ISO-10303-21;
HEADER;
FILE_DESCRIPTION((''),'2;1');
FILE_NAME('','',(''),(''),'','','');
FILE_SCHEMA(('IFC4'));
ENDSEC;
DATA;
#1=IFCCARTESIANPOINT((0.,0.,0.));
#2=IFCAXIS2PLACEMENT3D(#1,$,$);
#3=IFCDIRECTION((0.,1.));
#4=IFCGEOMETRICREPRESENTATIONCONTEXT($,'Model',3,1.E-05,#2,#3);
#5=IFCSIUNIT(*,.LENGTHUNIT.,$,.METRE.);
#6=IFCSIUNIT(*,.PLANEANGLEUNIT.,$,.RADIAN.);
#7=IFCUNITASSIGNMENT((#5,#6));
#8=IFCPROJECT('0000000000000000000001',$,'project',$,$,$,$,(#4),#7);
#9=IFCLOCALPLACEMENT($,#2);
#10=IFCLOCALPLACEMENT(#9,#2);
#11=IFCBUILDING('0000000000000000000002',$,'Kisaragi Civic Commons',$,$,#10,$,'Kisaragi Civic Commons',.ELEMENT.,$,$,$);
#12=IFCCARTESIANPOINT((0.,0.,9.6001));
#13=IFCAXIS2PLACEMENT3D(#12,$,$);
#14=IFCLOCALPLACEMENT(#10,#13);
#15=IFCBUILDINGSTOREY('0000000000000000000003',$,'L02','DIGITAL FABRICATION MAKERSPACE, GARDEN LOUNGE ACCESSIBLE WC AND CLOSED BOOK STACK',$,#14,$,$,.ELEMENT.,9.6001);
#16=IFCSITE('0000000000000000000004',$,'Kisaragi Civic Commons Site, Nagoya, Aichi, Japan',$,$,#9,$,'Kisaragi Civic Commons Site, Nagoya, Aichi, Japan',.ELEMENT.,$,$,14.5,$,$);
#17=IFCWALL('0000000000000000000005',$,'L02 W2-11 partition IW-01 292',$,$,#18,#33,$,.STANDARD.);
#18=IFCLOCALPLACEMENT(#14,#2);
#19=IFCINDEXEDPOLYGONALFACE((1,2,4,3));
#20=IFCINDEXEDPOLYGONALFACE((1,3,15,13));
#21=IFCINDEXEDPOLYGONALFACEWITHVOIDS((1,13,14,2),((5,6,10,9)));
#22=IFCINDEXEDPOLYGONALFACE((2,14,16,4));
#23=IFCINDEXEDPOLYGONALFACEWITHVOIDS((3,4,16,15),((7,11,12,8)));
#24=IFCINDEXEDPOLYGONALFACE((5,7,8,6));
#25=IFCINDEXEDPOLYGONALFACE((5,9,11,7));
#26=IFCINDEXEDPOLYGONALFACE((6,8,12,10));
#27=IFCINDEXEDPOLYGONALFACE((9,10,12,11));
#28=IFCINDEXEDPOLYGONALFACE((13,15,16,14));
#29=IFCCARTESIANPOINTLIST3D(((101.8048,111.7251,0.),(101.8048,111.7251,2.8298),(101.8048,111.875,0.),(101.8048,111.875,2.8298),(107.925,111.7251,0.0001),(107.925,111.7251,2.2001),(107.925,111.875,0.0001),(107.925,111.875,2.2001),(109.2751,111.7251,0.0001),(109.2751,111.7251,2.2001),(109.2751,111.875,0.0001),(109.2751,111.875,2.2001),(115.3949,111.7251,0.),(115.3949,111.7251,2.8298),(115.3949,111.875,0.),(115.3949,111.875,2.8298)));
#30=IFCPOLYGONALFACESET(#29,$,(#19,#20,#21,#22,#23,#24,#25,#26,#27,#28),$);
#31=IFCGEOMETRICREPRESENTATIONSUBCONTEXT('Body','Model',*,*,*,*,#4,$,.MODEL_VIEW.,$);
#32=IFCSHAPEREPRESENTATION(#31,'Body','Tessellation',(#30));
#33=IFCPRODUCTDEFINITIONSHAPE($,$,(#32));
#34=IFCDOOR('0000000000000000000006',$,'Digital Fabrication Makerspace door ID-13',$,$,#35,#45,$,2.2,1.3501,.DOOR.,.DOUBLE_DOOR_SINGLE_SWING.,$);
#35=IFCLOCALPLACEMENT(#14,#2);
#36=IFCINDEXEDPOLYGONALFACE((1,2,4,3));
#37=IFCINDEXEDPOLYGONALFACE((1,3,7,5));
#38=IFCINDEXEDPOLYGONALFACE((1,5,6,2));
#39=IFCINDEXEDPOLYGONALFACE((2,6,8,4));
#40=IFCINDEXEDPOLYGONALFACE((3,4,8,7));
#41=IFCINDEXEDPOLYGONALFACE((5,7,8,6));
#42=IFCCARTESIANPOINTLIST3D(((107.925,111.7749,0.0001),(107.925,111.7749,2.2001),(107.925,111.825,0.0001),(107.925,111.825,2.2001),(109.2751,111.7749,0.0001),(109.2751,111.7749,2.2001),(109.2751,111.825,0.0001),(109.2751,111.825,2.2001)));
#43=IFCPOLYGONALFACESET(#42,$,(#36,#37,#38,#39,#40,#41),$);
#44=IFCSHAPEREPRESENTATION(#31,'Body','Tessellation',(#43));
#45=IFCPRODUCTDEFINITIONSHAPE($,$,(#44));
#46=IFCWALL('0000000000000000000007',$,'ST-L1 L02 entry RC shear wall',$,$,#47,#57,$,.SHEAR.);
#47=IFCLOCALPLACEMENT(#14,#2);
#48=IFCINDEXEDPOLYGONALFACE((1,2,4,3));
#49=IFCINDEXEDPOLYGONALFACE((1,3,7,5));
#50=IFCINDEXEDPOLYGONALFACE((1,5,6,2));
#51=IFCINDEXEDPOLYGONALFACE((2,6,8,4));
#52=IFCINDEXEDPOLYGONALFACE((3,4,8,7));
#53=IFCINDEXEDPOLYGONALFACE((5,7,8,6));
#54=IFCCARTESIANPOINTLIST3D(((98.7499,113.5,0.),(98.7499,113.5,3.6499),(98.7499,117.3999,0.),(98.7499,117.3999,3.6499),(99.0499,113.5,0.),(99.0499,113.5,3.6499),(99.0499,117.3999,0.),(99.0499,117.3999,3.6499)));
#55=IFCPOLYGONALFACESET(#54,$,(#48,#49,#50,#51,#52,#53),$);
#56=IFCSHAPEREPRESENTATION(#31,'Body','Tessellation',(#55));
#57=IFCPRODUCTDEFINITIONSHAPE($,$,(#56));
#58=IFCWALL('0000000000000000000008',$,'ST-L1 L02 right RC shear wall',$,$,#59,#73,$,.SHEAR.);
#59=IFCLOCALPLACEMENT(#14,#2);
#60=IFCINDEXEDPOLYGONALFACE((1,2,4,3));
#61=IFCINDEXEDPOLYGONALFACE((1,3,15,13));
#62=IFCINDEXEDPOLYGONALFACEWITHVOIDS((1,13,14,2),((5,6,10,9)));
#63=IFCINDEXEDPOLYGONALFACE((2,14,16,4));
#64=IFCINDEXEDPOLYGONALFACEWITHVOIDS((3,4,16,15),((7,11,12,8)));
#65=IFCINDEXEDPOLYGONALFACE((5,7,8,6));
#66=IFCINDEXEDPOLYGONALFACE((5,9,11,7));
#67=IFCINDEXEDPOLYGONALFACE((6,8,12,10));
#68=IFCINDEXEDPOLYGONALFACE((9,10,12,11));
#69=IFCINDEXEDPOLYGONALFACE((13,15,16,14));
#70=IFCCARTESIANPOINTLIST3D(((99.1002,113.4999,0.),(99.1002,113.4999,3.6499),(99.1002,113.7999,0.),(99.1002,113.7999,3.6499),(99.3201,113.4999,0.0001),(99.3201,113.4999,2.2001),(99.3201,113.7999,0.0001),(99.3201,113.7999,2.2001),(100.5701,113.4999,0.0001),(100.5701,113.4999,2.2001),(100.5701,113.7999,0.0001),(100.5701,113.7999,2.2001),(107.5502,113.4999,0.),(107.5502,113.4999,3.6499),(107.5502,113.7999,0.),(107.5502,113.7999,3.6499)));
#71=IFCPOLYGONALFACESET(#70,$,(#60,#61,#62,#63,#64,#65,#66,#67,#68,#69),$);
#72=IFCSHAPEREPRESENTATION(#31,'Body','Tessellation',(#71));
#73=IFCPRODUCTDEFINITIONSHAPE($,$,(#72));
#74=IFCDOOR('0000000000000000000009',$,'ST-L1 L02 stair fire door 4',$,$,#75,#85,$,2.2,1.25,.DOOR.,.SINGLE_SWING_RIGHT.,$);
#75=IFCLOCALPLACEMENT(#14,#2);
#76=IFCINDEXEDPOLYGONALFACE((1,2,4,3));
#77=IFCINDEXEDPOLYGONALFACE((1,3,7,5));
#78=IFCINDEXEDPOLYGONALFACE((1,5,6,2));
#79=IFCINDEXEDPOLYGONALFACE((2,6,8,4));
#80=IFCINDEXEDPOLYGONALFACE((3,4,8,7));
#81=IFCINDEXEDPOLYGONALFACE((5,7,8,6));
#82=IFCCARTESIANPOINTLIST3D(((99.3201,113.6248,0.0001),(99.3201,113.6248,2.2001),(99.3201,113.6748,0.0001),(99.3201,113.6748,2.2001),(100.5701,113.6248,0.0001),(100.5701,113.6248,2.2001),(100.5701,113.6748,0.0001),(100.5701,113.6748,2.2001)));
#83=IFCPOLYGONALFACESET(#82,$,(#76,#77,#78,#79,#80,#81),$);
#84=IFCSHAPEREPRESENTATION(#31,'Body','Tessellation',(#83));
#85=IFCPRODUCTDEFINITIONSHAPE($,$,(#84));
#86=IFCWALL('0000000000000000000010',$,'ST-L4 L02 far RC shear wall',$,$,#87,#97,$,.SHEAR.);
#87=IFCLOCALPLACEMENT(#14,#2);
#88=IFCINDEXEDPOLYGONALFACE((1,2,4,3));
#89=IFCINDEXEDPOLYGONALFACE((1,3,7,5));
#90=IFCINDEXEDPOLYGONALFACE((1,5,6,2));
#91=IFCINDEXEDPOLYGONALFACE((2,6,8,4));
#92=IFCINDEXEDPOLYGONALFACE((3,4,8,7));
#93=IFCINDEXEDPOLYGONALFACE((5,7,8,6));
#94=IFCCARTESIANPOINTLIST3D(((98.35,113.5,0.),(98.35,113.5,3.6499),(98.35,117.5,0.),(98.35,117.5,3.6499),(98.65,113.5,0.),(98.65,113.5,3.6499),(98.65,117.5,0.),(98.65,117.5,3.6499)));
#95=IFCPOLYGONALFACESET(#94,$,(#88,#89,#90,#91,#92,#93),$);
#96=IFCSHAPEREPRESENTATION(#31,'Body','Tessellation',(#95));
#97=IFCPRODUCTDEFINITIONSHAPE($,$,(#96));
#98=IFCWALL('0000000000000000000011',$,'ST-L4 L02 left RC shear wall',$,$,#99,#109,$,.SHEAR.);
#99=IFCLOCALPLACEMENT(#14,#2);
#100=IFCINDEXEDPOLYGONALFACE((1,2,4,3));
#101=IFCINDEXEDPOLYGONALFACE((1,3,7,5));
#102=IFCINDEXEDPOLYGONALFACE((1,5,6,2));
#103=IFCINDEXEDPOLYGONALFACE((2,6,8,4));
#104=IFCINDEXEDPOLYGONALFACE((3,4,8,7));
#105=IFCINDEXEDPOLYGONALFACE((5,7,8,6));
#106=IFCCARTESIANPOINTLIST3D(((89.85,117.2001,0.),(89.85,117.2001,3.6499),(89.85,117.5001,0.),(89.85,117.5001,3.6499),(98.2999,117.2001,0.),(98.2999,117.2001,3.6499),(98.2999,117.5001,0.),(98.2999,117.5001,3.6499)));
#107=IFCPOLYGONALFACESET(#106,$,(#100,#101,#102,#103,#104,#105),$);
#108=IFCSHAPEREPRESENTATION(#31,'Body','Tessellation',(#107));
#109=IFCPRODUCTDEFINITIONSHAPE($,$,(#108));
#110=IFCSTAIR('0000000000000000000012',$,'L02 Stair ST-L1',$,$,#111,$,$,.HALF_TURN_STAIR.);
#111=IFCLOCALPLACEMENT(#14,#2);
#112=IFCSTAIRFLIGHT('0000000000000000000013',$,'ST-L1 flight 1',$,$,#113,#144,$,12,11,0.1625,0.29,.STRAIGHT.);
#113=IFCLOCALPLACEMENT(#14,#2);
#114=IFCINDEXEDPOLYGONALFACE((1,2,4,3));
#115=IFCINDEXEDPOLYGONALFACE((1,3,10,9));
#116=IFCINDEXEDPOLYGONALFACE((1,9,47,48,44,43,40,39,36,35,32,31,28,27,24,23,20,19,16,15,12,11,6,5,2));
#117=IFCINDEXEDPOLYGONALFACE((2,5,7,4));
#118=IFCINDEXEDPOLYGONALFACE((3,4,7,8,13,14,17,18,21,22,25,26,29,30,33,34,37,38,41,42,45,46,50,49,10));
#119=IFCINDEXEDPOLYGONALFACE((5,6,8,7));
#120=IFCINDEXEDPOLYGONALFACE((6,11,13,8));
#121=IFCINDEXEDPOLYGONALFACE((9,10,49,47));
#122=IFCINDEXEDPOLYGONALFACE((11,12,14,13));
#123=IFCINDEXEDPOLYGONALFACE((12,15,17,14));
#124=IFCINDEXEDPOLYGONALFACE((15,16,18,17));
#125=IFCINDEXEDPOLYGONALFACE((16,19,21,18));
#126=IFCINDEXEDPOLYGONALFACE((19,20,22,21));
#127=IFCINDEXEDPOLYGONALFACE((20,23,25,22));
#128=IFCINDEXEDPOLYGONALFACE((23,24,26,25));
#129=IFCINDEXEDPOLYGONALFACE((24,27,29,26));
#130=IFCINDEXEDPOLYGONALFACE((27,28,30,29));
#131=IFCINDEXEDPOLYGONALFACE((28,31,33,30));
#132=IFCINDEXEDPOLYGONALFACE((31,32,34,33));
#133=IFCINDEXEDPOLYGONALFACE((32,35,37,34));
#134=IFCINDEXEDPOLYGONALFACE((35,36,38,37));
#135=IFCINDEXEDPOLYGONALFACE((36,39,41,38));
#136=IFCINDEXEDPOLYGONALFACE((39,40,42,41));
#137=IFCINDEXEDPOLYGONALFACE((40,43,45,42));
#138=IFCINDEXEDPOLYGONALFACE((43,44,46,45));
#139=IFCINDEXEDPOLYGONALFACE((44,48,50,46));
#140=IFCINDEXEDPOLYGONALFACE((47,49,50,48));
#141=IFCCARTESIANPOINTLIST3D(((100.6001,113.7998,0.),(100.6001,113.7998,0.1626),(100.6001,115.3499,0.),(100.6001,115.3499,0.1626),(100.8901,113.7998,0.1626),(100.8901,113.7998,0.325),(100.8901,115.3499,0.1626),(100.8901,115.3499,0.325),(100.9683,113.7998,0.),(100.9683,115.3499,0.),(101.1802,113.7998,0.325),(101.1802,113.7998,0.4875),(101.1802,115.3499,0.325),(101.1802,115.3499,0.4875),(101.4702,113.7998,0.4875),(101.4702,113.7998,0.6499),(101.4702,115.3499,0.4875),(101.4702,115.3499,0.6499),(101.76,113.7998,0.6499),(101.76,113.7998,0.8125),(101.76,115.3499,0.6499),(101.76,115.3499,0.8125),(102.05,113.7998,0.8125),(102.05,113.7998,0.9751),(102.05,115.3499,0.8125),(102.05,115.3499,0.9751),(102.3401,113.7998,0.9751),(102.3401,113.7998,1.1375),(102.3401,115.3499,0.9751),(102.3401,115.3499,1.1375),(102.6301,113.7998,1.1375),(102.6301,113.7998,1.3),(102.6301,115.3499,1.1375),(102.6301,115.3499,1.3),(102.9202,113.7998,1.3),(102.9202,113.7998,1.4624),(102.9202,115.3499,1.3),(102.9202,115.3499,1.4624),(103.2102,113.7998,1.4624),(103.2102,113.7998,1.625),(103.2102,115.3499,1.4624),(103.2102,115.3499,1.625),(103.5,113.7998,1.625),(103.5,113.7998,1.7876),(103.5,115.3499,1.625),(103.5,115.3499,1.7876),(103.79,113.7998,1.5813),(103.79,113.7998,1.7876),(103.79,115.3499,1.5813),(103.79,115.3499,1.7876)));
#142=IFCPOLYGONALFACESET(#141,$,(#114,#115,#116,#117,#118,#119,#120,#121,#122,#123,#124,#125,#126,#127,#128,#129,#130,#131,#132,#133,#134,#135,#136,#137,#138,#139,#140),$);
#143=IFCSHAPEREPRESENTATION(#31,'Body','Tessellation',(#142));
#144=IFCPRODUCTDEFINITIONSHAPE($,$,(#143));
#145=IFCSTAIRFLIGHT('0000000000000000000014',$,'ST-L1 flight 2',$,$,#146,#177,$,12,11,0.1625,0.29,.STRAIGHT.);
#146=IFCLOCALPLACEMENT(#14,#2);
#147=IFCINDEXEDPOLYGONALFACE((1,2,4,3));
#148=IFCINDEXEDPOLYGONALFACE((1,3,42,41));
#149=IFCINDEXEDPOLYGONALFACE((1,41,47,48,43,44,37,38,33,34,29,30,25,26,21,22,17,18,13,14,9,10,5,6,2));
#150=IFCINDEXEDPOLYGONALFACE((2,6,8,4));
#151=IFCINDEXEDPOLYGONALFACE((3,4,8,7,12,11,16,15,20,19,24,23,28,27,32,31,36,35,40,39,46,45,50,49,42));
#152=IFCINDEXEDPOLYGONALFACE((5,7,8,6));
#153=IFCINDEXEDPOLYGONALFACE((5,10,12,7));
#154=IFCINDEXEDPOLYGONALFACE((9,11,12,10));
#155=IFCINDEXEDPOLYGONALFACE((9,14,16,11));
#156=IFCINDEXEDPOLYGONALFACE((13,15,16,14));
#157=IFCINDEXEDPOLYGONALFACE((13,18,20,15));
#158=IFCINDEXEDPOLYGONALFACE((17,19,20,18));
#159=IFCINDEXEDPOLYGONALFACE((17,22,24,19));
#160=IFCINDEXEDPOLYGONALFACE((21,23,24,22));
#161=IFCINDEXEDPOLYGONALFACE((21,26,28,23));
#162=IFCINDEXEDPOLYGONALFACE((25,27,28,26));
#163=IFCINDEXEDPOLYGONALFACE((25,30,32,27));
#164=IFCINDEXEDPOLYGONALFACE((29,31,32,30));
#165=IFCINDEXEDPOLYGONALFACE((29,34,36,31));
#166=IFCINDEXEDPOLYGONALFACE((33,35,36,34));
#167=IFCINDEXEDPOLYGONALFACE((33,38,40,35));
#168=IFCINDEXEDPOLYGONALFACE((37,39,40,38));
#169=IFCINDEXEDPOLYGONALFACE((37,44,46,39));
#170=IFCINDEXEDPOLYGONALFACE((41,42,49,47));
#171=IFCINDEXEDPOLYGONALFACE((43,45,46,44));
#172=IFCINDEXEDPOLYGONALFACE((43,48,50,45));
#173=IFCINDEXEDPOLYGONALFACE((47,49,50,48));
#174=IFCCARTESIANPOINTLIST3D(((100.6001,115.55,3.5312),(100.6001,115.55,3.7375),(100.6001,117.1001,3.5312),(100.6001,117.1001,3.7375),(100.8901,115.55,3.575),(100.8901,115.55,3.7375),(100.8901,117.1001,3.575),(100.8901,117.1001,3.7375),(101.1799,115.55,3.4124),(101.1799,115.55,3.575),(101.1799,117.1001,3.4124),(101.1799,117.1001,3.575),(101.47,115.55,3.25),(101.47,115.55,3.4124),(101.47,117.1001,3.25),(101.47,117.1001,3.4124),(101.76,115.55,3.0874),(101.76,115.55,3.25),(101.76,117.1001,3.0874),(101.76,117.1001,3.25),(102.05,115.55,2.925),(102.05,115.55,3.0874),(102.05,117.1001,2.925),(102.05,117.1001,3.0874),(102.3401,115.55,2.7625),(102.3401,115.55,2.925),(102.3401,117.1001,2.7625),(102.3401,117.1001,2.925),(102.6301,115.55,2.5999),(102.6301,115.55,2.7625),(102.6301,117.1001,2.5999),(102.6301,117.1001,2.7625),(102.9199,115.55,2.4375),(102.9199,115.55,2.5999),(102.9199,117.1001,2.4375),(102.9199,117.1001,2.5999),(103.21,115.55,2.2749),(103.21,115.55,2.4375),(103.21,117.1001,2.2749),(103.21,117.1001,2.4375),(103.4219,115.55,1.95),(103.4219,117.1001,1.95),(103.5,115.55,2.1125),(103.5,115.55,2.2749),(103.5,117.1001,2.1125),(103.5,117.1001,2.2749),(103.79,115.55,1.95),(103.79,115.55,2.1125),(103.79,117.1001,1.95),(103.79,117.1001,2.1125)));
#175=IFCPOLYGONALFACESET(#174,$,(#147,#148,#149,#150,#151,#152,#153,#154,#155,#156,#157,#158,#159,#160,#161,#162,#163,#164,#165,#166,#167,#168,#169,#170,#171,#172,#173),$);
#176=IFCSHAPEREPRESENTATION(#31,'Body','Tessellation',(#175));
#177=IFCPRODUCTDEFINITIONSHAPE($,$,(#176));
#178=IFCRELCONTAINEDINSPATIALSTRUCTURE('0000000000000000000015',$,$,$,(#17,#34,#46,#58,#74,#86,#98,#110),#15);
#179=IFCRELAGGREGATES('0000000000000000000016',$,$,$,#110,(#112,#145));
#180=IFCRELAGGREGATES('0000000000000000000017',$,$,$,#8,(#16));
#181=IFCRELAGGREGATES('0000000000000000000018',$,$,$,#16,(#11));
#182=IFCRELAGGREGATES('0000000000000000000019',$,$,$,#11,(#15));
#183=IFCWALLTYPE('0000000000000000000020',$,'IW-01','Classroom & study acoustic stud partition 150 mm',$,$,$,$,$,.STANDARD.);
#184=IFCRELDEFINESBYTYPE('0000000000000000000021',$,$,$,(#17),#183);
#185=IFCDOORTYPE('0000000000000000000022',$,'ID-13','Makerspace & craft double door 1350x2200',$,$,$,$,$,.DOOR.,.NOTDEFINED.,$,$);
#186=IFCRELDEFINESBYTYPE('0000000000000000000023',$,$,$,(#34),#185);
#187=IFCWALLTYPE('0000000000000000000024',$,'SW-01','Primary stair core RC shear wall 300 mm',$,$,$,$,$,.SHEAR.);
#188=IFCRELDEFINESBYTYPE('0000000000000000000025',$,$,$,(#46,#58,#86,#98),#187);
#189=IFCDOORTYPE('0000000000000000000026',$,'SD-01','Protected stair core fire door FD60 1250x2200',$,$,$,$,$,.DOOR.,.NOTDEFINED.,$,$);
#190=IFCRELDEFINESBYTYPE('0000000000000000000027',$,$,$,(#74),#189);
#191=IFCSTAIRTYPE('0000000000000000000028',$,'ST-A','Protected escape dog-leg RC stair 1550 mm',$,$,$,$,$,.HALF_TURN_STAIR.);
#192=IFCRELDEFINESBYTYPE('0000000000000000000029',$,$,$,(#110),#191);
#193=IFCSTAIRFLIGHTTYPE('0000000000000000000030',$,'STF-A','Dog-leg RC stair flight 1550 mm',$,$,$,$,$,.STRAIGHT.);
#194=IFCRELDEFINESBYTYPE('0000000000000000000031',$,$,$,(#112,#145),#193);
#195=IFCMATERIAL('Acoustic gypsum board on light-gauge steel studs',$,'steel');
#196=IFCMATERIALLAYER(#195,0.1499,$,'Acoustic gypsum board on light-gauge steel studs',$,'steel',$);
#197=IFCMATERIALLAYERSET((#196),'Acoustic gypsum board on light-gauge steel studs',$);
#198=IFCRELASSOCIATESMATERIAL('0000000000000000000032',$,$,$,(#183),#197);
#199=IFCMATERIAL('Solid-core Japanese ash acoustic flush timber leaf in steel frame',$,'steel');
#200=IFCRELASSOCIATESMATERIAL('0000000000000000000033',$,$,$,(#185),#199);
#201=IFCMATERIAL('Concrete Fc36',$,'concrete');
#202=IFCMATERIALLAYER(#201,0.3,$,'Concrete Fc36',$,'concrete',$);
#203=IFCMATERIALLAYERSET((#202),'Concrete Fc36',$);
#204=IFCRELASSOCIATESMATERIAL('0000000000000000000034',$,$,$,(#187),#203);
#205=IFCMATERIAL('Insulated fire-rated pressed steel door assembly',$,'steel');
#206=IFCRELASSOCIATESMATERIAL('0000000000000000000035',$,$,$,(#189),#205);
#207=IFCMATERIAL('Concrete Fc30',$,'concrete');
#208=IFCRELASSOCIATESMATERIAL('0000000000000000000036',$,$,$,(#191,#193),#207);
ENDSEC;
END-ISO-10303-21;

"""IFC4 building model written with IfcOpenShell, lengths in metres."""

from ifc_helpers import new_model, si_unit, direction, frame, frame_2d, origin, place, context, subcontext, project, spatial, polyline, rectangle, outline, extrude, material, layer, layer_set, type_object, element, fill, aggregate, save


model = new_model("IFC4")

# Units and contexts
model_context = context("Model", 3, precision=1e-05, world=origin(), true_north=direction((0.0, 1.0)))
body_context = subcontext(model_context, "Body", "Model", "MODEL_VIEW")
ifc_project = project(units=[si_unit("LENGTHUNIT", "METRE"), si_unit("PLANEANGLEUNIT", "RADIAN")], contexts=[model_context])

# Site, building, storey
site_placement = place(None, origin())
site = spatial("IfcSite", under=ifc_project, at=site_placement, Name="Kisaragi Civic Commons Site, Nagoya, Aichi, Japan", LongName="Kisaragi Civic Commons Site, Nagoya, Aichi, Japan", CompositionType="ELEMENT", RefElevation=14.5)
building_placement = place(site_placement, origin())
building = spatial("IfcBuilding", under=site, at=building_placement, Name="Kisaragi Civic Commons", LongName="Kisaragi Civic Commons", CompositionType="ELEMENT")
storey_placement = place(building_placement, frame((0.0, 0.0, 9.6001)))
storey = spatial("IfcBuildingStorey", under=building, at=storey_placement, Name="L02", Description="DIGITAL FABRICATION MAKERSPACE, GARDEN LOUNGE ACCESSIBLE WC AND CLOSED BOOK STACK", CompositionType="ELEMENT", Elevation=9.6001)

# Shared definitions
ifc_material_1 = material(Name="Concrete Fc30", Category="concrete")

# Wall, opening, door
ifc_material_2 = material(Name="Acoustic gypsum board on light-gauge steel studs", Category="steel")
ifc_layer_1 = layer(ifc_material_2, 0.1499, Name="Acoustic gypsum board on light-gauge steel studs", Category="steel")
ifc_layer_set_1 = layer_set([ifc_layer_1], Name="Acoustic gypsum board on light-gauge steel studs")
wall_type_1 = type_object("IfcWallType", Name="IW-01", Description="Classroom & study acoustic stud partition 150 mm", PredefinedType="STANDARD", material=ifc_layer_set_1)
wall_1_placement = place(storey_placement, frame((101.8049, 111.8, 0.0), z_axis=(0.0, 0.0, 1.0), x_axis=(1.0, 0.0, 0.0)))
wall_1 = element("IfcWall", 1, at=wall_1_placement, inside=storey, type_object=wall_type_1, Name="L02 W2-11 partition IW-01 292", PredefinedType="STANDARD", context=body_context, shape_type="SweptSolid", body=[
    extrude(rectangle(XDim=13.5901, YDim=0.1499, at=frame_2d((6.7949, 0.0))), origin(), (0.0, 0.0, 1.0), 2.8298),
])
opening_1_placement = place(wall_1_placement, frame((6.1201, 0.0, 0.0)))
opening_1 = element("IfcOpeningElement", 2, at=opening_1_placement, cuts=wall_1, PredefinedType="OPENING", context=body_context, shape_type="SweptSolid", body=[
    extrude(rectangle(XDim=1.3501, YDim=2.2, at=frame_2d((0.675, 1.1001))), frame((0.0, 0.085, 0.0), z_axis=(0.0, -1.0, 0.0), x_axis=(1.0, 0.0, 0.0)), (0.0, 0.0, 1.0), 0.1699),
])
ifc_material_3 = material(Name="Solid-core Japanese ash acoustic flush timber leaf in steel frame", Category="steel")
door_type_1 = type_object("IfcDoorType", Name="ID-13", Description="Makerspace & craft double door 1350x2200", OperationType="NOTDEFINED", PredefinedType="DOOR", material=ifc_material_3)
door_1_placement = place(opening_1_placement, origin())
door_1 = element("IfcDoor", 3, at=door_1_placement, inside=storey, type_object=door_type_1, Name="Digital Fabrication Makerspace door ID-13", OperationType="DOUBLE_DOOR_SINGLE_SWING", OverallHeight=2.2, OverallWidth=1.3501, PredefinedType="DOOR", context=body_context, shape_type="SweptSolid", body=[
    extrude(rectangle(XDim=1.3501, YDim=2.2, at=frame_2d((0.675, 1.1001))), frame((0.0, 0.0249, 0.0), z_axis=(0.0, -1.0, 0.0), x_axis=(1.0, 0.0, 0.0)), (0.0, 0.0, 1.0), 0.05),
])
fill(opening_1, door_1)

# Wall
ifc_material_4 = material(Name="Concrete Fc36", Category="concrete")
ifc_layer_2 = layer(ifc_material_4, 0.3, Name="Concrete Fc36", Category="concrete")
ifc_layer_set_2 = layer_set([ifc_layer_2], Name="Concrete Fc36")
wall_type_2 = type_object("IfcWallType", Name="SW-01", Description="Primary stair core RC shear wall 300 mm", PredefinedType="SHEAR", material=ifc_layer_set_2)
wall_2_placement = place(storey_placement, frame((98.8999, 117.3999, 0.0), z_axis=(0.0, 0.0, 1.0), x_axis=(0.0, -1.0, 0.0)))
element("IfcWall", 4, at=wall_2_placement, inside=storey, type_object=wall_type_2, Name="ST-L1 L02 entry RC shear wall", PredefinedType="SHEAR", context=body_context, shape_type="SweptSolid", body=[
    extrude(rectangle(XDim=3.8999, YDim=0.3, at=frame_2d((1.95, 0.0))), origin(), (0.0, 0.0, 1.0), 3.6499),
])

# Wall, opening, door
wall_3_placement = place(storey_placement, frame((99.1001, 113.6499, 0.0), z_axis=(0.0, 0.0, 1.0), x_axis=(1.0, 0.0, 0.0)))
wall_3 = element("IfcWall", 5, at=wall_3_placement, inside=storey, type_object=wall_type_2, Name="ST-L1 L02 right RC shear wall", PredefinedType="SHEAR", context=body_context, shape_type="SweptSolid", body=[
    extrude(rectangle(XDim=8.45, YDim=0.3, at=frame_2d((4.2251, 0.0))), origin(), (0.0, 0.0, 1.0), 3.6499),
])
opening_2_placement = place(wall_3_placement, frame((0.22, 0.0, 0.0)))
opening_2 = element("IfcOpeningElement", 6, at=opening_2_placement, cuts=wall_3, PredefinedType="OPENING", context=body_context, shape_type="SweptSolid", body=[
    extrude(rectangle(XDim=1.25, YDim=2.2, at=frame_2d((0.625, 1.1001))), frame((0.0, 0.1599, 0.0), z_axis=(0.0, -1.0, 0.0), x_axis=(1.0, 0.0, 0.0)), (0.0, 0.0, 1.0), 0.3201),
])
ifc_material_5 = material(Name="Insulated fire-rated pressed steel door assembly", Category="steel")
door_type_2 = type_object("IfcDoorType", Name="SD-01", Description="Protected stair core fire door FD60 1250x2200", OperationType="NOTDEFINED", PredefinedType="DOOR", material=ifc_material_5)
door_2_placement = place(opening_2_placement, origin())
door_2 = element("IfcDoor", 7, at=door_2_placement, inside=storey, type_object=door_type_2, Name="ST-L1 L02 stair fire door 4", OperationType="SINGLE_SWING_RIGHT", OverallHeight=2.2, OverallWidth=1.25, PredefinedType="DOOR", context=body_context, shape_type="SweptSolid", body=[
    extrude(rectangle(XDim=1.25, YDim=2.2, at=frame_2d((0.625, 1.1001))), frame((0.0, 0.0249, 0.0), z_axis=(0.0, -1.0, 0.0), x_axis=(1.0, 0.0, 0.0)), (0.0, 0.0, 1.0), 0.05),
])
fill(opening_2, door_2)

# Walls
wall_4_placement = place(storey_placement, frame((98.5, 113.5, 0.0), z_axis=(0.0, 0.0, 1.0), x_axis=(0.0, 1.0, 0.0)))
element("IfcWall", 8, at=wall_4_placement, inside=storey, type_object=wall_type_2, Name="ST-L4 L02 far RC shear wall", PredefinedType="SHEAR", context=body_context, shape_type="SweptSolid", body=[
    extrude(rectangle(XDim=4.0, YDim=0.3, at=frame_2d((2.0, 0.0))), origin(), (0.0, 0.0, 1.0), 3.6499),
])
wall_5_placement = place(storey_placement, frame((98.3, 117.3501, 0.0), z_axis=(0.0, 0.0, 1.0), x_axis=(-1.0, 0.0, 0.0)))
element("IfcWall", 9, at=wall_5_placement, inside=storey, type_object=wall_type_2, Name="ST-L4 L02 left RC shear wall", PredefinedType="SHEAR", context=body_context, shape_type="SweptSolid", body=[
    extrude(rectangle(XDim=8.45, YDim=0.3, at=frame_2d((4.2251, 0.0))), origin(), (0.0, 0.0, 1.0), 3.6499),
])

# Stair, stair flights
stair_type = type_object("IfcStairType", Name="ST-A", Description="Protected escape dog-leg RC stair 1550 mm", PredefinedType="HALF_TURN_STAIR", material=ifc_material_1)
stair_placement = place(storey_placement, origin())
stair = element("IfcStair", 10, at=stair_placement, inside=storey, type_object=stair_type, Name="L02 Stair ST-L1", PredefinedType="HALF_TURN_STAIR")
stair_flight_type = type_object("IfcStairFlightType", Name="STF-A", Description="Dog-leg RC stair flight 1550 mm", PredefinedType="STRAIGHT", material=ifc_material_1)
stair_flight_1_placement = place(storey_placement, frame((100.6001, 114.575, 0.0), z_axis=(0.0, 0.0, 1.0), x_axis=(1.0, 0.0, 0.0)))
stair_flight_1 = element("IfcStairFlight", 11, at=stair_flight_1_placement, type_object=stair_flight_type, Name="ST-L1 flight 1", NumberOfRisers=12, NumberOfTreads=11, PredefinedType="STRAIGHT", RiserHeight=0.1625, TreadLength=0.29, context=body_context, shape_type="SweptSolid", body=[
    extrude(outline(polyline([(0.0, 0.0), (0.0, 0.1626), (0.29, 0.1626), (0.29, 0.325), (0.5801, 0.325), (0.5801, 0.4875), (0.8701, 0.4875), (0.8701, 0.6499), (1.1599, 0.6499), (1.1599, 0.8125), (1.45, 0.8125), (1.45, 0.9751), (1.74, 0.9751), (1.74, 1.1375), (2.03, 1.1375), (2.03, 1.3), (2.3201, 1.3), (2.3201, 1.4624), (2.6101, 1.4624), (2.6101, 1.625), (2.8999, 1.625), (2.8999, 1.7876), (3.1899, 1.7876), (3.1899, 1.95), (3.1899, 1.5813), (0.3682, 0.0), (0.0, 0.0)])), frame((0.0, 0.7749, 0.0), z_axis=(0.0, -1.0, 0.0), x_axis=(1.0, 0.0, 0.0)), (0.0, 0.0, 1.0), 1.55),
])
stair_flight_2_placement = place(storey_placement, frame((103.79, 116.325, 1.95), z_axis=(0.0, 0.0, 1.0), x_axis=(-1.0, 0.0, 0.0)))
stair_flight_2 = element("IfcStairFlight", 12, at=stair_flight_2_placement, type_object=stair_flight_type, Name="ST-L1 flight 2", NumberOfRisers=12, NumberOfTreads=11, PredefinedType="STRAIGHT", RiserHeight=0.1625, TreadLength=0.29, context=body_context, shape_type="SweptSolid", body=[
    extrude(outline(polyline([(0.0, 0.0), (0.0, 0.1626), (0.29, 0.1626), (0.29, 0.325), (0.5801, 0.325), (0.5801, 0.4875), (0.8701, 0.4875), (0.8701, 0.6499), (1.1599, 0.6499), (1.1599, 0.8125), (1.45, 0.8125), (1.45, 0.9751), (1.74, 0.9751), (1.74, 1.1375), (2.03, 1.1375), (2.03, 1.3), (2.3201, 1.3), (2.3201, 1.4624), (2.6101, 1.4624), (2.6101, 1.625), (2.8999, 1.625), (2.8999, 1.7876), (3.1899, 1.7876), (3.1899, 1.95), (3.1899, 1.5813), (0.3682, 0.0), (0.0, 0.0)])), frame((0.0, 0.7749, 0.0), z_axis=(0.0, -1.0, 0.0), x_axis=(1.0, 0.0, 0.0)), (0.0, 0.0, 1.0), 1.55),
])
aggregate(stair, [stair_flight_1, stair_flight_2])

save(model, "model.ifc")
